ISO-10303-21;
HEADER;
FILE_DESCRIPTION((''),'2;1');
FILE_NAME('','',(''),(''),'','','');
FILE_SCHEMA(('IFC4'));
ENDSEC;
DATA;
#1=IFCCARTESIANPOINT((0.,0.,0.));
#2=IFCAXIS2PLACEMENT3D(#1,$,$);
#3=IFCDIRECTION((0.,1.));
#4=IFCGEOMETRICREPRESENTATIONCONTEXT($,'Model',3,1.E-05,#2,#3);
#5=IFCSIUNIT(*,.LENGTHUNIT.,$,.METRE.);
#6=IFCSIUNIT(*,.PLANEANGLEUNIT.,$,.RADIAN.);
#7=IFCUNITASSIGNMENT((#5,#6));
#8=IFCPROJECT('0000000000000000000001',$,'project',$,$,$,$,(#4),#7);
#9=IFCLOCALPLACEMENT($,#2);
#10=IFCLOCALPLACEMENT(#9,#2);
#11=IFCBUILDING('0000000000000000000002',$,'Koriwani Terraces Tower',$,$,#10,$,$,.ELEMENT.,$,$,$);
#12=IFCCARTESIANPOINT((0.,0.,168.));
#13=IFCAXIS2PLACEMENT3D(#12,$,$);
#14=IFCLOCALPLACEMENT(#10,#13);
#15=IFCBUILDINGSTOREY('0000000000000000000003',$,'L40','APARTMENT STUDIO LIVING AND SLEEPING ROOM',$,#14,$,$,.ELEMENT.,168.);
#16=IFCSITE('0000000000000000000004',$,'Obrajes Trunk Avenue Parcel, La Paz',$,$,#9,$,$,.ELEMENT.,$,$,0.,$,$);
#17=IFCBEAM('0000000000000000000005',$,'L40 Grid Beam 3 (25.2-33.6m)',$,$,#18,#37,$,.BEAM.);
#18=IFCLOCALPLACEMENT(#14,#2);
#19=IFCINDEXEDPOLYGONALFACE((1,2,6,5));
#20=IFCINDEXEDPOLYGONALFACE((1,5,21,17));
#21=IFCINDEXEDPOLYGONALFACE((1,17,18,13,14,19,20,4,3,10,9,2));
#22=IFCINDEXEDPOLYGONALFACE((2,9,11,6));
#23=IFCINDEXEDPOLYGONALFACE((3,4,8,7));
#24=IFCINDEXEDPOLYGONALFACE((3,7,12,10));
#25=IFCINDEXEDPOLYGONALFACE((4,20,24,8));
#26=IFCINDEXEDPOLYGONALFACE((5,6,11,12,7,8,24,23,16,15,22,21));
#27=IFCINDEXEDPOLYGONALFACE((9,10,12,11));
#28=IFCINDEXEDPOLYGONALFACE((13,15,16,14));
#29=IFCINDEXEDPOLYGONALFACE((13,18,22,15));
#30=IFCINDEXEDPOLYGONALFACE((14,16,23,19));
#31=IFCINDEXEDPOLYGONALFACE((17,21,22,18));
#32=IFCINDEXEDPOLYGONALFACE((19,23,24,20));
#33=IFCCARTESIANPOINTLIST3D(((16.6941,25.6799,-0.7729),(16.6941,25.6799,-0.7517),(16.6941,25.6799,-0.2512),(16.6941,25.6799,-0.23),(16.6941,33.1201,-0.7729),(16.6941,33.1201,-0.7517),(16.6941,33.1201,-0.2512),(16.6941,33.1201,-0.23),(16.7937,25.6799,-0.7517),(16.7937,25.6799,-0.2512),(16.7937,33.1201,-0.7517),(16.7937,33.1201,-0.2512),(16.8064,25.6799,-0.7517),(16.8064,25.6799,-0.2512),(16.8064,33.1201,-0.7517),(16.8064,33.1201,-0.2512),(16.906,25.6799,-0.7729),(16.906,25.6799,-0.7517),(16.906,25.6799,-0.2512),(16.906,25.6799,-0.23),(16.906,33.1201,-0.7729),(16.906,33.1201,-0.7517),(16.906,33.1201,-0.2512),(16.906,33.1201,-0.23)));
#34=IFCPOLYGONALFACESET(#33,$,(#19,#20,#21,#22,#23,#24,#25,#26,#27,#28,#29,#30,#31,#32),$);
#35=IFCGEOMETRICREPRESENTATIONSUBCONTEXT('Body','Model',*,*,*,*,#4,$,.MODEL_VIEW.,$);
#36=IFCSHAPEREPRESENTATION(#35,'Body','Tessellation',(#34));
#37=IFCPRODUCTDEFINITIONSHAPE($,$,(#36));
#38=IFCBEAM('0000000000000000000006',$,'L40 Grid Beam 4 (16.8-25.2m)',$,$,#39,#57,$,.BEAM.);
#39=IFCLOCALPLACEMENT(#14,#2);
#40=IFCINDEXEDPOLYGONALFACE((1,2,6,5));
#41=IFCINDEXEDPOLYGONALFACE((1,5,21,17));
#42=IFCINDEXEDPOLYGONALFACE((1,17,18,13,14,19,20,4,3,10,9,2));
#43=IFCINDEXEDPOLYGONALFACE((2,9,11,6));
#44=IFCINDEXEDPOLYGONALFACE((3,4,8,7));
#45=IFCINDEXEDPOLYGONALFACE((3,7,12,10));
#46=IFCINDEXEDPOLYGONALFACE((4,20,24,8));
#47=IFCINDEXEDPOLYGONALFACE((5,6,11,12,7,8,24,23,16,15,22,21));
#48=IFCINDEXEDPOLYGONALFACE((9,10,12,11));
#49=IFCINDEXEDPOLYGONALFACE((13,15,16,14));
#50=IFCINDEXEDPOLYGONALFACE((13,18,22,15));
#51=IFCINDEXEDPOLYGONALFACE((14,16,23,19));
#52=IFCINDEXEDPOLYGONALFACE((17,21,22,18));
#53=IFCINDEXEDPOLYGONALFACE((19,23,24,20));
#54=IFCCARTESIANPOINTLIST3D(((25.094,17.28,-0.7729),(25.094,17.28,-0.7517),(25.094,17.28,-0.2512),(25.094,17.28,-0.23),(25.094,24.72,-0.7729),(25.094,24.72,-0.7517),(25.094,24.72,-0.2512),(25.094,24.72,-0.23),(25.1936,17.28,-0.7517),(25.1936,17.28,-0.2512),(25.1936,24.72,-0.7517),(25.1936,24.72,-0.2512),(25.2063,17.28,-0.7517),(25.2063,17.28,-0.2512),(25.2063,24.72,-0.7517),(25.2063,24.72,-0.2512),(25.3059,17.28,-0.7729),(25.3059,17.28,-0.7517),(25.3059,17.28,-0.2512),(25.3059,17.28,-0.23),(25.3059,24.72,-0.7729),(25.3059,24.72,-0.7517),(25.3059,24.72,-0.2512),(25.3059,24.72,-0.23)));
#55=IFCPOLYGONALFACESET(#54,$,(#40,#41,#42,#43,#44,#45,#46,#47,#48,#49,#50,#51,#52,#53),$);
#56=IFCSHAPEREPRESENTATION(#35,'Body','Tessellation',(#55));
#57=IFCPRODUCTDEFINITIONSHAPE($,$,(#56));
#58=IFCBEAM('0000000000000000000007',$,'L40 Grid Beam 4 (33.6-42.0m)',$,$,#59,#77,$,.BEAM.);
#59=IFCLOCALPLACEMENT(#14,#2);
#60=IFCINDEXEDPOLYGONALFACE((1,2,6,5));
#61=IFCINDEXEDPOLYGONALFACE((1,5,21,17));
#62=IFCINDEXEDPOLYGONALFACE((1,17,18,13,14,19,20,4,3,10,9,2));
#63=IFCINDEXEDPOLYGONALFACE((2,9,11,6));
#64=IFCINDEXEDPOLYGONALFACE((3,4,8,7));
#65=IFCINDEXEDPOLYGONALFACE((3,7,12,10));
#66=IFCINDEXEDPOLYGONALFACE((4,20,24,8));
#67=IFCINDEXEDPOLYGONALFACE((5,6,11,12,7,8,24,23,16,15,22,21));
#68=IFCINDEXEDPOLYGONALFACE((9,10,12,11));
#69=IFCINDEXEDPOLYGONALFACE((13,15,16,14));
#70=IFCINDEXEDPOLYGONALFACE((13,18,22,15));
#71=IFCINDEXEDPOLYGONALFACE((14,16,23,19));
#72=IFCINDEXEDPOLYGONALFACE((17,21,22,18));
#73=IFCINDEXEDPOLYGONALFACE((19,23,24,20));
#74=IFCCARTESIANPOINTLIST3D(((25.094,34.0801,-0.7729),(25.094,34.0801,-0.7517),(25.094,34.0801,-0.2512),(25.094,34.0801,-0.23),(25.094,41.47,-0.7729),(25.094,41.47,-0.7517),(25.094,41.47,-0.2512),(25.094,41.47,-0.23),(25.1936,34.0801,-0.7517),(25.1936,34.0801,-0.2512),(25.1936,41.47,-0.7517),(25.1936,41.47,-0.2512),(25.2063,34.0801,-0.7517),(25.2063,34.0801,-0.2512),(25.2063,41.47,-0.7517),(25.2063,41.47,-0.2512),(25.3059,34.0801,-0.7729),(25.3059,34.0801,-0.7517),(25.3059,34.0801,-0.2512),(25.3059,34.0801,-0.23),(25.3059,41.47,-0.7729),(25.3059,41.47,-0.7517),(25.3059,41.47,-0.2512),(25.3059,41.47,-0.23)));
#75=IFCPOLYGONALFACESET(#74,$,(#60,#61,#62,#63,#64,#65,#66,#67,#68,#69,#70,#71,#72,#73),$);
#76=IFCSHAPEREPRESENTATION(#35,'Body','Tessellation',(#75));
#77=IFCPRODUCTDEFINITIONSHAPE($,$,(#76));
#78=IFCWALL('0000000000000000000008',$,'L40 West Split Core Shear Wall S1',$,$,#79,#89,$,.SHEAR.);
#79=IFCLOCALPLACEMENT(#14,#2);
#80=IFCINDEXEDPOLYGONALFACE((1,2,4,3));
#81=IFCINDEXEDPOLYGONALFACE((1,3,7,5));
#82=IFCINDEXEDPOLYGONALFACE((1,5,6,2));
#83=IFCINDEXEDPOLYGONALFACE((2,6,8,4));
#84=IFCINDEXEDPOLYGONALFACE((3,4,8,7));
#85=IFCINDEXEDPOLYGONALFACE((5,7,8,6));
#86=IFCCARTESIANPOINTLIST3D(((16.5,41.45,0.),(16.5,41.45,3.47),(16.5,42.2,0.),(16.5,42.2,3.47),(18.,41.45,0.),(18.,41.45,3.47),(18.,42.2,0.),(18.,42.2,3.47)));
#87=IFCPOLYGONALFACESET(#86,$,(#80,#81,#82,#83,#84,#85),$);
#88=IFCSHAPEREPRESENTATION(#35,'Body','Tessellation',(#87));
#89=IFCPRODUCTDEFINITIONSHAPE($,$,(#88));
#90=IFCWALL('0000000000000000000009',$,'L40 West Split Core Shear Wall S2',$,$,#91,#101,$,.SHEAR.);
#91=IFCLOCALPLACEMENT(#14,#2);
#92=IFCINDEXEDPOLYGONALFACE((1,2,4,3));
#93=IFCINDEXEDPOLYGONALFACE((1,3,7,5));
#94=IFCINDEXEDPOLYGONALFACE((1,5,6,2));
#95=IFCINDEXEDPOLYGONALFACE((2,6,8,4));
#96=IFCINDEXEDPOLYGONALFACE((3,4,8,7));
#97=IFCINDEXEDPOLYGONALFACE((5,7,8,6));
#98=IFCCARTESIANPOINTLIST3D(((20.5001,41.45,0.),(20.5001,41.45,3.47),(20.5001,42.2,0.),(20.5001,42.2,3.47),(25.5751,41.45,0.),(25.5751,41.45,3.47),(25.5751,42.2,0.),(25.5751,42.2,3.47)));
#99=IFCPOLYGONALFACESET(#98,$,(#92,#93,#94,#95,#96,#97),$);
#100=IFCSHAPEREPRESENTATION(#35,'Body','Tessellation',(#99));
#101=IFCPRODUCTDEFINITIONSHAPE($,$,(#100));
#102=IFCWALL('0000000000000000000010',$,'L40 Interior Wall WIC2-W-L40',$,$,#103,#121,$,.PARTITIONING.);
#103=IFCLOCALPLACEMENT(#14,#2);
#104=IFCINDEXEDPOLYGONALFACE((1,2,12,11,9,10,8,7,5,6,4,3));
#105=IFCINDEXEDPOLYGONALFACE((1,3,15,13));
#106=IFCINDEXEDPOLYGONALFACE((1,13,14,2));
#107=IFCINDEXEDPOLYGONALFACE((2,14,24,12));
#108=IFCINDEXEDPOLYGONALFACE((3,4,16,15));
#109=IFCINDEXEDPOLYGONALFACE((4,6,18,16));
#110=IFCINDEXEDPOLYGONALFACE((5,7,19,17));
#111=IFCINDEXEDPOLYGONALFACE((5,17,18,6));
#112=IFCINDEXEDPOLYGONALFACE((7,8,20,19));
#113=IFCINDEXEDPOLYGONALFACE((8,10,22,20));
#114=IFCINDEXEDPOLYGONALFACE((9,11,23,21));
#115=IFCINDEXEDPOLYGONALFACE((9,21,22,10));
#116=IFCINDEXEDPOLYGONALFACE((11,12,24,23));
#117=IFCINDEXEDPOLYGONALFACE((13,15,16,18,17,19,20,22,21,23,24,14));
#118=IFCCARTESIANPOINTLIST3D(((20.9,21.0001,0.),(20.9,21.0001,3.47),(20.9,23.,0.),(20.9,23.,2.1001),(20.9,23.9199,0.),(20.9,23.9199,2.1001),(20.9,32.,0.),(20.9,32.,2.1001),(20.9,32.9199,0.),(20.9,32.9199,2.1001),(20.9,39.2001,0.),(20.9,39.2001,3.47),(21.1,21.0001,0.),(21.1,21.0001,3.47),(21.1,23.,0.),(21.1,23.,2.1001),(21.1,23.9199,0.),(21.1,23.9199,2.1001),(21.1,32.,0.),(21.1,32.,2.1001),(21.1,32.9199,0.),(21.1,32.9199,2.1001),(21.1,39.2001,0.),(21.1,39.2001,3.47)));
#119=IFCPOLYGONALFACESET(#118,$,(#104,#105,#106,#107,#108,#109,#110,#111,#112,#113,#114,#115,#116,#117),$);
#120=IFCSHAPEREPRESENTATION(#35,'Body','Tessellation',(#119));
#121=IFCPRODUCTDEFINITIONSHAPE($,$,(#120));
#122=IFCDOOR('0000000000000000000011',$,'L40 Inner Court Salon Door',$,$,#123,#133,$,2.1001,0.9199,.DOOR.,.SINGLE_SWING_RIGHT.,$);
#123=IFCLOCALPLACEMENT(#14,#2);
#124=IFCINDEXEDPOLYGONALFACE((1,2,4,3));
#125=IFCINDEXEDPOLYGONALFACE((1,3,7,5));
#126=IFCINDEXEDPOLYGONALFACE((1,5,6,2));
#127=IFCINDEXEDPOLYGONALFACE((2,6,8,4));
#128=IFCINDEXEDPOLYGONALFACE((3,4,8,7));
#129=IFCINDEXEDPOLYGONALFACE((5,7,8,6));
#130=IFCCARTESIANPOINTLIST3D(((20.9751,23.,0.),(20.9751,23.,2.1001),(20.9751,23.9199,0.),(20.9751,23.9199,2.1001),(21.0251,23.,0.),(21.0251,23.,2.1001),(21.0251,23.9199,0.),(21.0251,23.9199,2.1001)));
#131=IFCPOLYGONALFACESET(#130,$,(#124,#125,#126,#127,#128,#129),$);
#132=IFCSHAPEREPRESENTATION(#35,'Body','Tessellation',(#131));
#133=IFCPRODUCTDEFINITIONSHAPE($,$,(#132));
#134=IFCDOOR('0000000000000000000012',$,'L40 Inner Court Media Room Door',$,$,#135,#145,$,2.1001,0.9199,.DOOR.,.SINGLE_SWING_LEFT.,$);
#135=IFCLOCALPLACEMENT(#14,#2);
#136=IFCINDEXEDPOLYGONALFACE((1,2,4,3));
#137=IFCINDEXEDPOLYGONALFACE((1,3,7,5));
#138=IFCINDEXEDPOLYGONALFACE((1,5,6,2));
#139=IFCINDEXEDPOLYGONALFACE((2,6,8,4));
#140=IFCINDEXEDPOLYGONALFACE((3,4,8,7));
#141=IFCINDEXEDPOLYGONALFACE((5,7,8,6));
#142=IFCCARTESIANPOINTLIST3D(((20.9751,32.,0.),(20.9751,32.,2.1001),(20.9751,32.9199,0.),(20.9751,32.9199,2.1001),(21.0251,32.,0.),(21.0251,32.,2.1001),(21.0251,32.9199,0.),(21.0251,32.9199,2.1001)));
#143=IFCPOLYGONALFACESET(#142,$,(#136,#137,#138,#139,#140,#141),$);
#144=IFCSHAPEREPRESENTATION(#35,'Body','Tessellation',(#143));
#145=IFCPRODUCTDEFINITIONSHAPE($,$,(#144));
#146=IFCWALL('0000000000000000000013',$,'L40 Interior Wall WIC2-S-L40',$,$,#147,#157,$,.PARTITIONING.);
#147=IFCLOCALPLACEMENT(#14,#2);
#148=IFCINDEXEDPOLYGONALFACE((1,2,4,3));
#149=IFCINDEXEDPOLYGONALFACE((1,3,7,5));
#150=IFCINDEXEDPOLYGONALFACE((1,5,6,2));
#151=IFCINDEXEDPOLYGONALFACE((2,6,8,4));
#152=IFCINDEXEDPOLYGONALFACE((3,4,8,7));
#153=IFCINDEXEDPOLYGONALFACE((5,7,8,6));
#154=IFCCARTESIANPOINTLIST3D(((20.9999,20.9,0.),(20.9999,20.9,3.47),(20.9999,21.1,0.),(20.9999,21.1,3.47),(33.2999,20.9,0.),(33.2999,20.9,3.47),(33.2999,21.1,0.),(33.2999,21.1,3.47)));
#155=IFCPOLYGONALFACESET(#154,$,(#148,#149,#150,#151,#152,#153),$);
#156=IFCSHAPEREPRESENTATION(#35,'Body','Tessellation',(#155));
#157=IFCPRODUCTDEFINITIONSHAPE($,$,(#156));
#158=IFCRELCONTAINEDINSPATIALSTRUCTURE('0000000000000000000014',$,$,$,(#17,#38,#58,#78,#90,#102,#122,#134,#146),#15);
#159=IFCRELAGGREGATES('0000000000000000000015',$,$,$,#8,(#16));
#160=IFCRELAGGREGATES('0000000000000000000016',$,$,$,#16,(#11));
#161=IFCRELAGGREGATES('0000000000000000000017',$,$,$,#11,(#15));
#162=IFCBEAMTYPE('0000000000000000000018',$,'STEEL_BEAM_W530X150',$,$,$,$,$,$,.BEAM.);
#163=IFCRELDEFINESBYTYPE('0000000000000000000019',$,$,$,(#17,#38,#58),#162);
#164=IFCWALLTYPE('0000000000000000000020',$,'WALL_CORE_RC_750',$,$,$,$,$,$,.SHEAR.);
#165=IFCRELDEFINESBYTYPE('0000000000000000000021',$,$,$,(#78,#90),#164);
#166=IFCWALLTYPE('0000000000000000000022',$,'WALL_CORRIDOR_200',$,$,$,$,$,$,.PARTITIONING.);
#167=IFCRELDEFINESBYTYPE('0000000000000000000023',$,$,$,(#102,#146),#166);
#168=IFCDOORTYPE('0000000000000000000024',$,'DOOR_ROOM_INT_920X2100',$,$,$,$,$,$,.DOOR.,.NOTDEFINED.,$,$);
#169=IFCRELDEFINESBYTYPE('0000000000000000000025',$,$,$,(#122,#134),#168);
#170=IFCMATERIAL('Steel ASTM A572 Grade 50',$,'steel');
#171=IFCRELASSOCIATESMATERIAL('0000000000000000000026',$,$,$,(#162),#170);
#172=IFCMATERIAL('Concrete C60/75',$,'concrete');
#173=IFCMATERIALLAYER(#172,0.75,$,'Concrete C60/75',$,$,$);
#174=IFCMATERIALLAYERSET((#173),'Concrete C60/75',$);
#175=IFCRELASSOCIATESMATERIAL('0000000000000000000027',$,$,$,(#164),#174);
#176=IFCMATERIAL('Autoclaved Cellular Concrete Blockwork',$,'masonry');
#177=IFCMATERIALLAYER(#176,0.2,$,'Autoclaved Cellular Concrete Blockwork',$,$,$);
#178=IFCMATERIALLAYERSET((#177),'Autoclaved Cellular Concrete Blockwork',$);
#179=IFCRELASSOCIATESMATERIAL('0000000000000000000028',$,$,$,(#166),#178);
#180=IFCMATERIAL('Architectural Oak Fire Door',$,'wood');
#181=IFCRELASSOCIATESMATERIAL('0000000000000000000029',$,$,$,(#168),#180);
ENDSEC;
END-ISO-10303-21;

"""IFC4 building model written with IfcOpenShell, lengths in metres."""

from ifc_helpers import new_model, si_unit, direction, frame, frame_2d, origin, origin_2d, place, context, subcontext, project, spatial, rectangle, i_section, extrude, material, layer, layer_set, material_profile, profile_set, type_object, element, fill, save


model = new_model("IFC4")

# Units and contexts
model_context = context("Model", 3, precision=1e-05, world=origin(), true_north=direction((0.0, 1.0)))
body_context = subcontext(model_context, "Body", "Model", "MODEL_VIEW")
ifc_project = project(units=[si_unit("LENGTHUNIT", "METRE"), si_unit("PLANEANGLEUNIT", "RADIAN")], contexts=[model_context])

# Site, building, storey
site_placement = place(None, origin())
site = spatial("IfcSite", under=ifc_project, at=site_placement, Name="Obrajes Trunk Avenue Parcel, La Paz", CompositionType="ELEMENT", RefElevation=0.0)
building_placement = place(site_placement, origin())
building = spatial("IfcBuilding", under=site, at=building_placement, Name="Koriwani Terraces Tower", CompositionType="ELEMENT")
storey_placement = place(building_placement, frame((0.0, 0.0, 168.0)))
storey = spatial("IfcBuildingStorey", under=building, at=storey_placement, Name="L40", Description="APARTMENT STUDIO LIVING AND SLEEPING ROOM", CompositionType="ELEMENT", Elevation=168.0)

# Beams
ifc_material_1 = material(Name="Concrete C60/75", Category="concrete")
ifc_material_2 = material(Name="Steel ASTM A572 Grade 50", Category="steel")
ifc_material_profile_1 = material_profile(ifc_material_2, i_section(OverallWidth=0.2119, OverallDepth=0.543, WebThickness=0.0127, FlangeThickness=0.0212, at=origin_2d()), Name="Steel ASTM A572 Grade 50", Category="LoadBearing")
ifc_profile_set_1 = profile_set([ifc_material_profile_1], Name="Steel ASTM A572 Grade 50")
beam_type_1 = type_object("IfcBeamType", Name="STEEL_BEAM_W530X150", PredefinedType="BEAM", material=ifc_profile_set_1)
beam_1_placement = place(storey_placement, frame((16.8, 25.6799, -0.5015), z_axis=(0.0, 1.0, 0.0), x_axis=(-1.0, 0.0, 0.0)))
element("IfcBeam", 1, at=beam_1_placement, inside=storey, type_object=beam_type_1, Name="L40 Grid Beam 3 (25.2-33.6m)", PredefinedType="BEAM", context=body_context, shape_type="SweptSolid", body=[
    extrude(i_section(OverallWidth=0.2119, OverallDepth=0.543, WebThickness=0.0127, FlangeThickness=0.0212, at=origin_2d()), origin(), (0.0, 0.0, 1.0), 7.4402),
])
beam_2_placement = place(storey_placement, frame((25.2, 17.28, -0.5015), z_axis=(0.0, 1.0, 0.0), x_axis=(-1.0, 0.0, 0.0)))
element("IfcBeam", 2, at=beam_2_placement, inside=storey, type_object=beam_type_1, Name="L40 Grid Beam 4 (16.8-25.2m)", PredefinedType="BEAM", context=body_context, shape_type="SweptSolid", body=[
    extrude(i_section(OverallWidth=0.2119, OverallDepth=0.543, WebThickness=0.0127, FlangeThickness=0.0212, at=origin_2d()), origin(), (0.0, 0.0, 1.0), 7.4399),
])
beam_3_placement = place(storey_placement, frame((25.2, 34.0801, -0.5015), z_axis=(0.0, 1.0, 0.0), x_axis=(-1.0, 0.0, 0.0)))
element("IfcBeam", 3, at=beam_3_placement, inside=storey, type_object=beam_type_1, Name="L40 Grid Beam 4 (33.6-42.0m)", PredefinedType="BEAM", context=body_context, shape_type="SweptSolid", body=[
    extrude(i_section(OverallWidth=0.2119, OverallDepth=0.543, WebThickness=0.0127, FlangeThickness=0.0212, at=origin_2d()), origin(), (0.0, 0.0, 1.0), 7.3899),
])

# Walls
ifc_layer_1 = layer(ifc_material_1, 0.75, Name="Concrete C60/75")
ifc_layer_set_1 = layer_set([ifc_layer_1], Name="Concrete C60/75")
wall_type_1 = type_object("IfcWallType", Name="WALL_CORE_RC_750", PredefinedType="SHEAR", material=ifc_layer_set_1)
wall_1_placement = place(storey_placement, frame((16.5, 41.825, 0.0), z_axis=(0.0, 0.0, 1.0), x_axis=(1.0, 0.0, 0.0)))
element("IfcWall", 4, at=wall_1_placement, inside=storey, type_object=wall_type_1, Name="L40 West Split Core Shear Wall S1", PredefinedType="SHEAR", context=body_context, shape_type="SweptSolid", body=[
    extrude(rectangle(XDim=1.5, YDim=0.75, at=frame_2d((0.75, 0.0))), origin(), (0.0, 0.0, 1.0), 3.47),
])
wall_2_placement = place(storey_placement, frame((20.5, 41.825, 0.0), z_axis=(0.0, 0.0, 1.0), x_axis=(1.0, 0.0, 0.0)))
element("IfcWall", 5, at=wall_2_placement, inside=storey, type_object=wall_type_1, Name="L40 West Split Core Shear Wall S2", PredefinedType="SHEAR", context=body_context, shape_type="SweptSolid", body=[
    extrude(rectangle(XDim=5.075, YDim=0.75, at=frame_2d((2.5376, 0.0))), origin(), (0.0, 0.0, 1.0), 3.47),
])

# Wall, openings, doors
ifc_material_3 = material(Name="Autoclaved Cellular Concrete Blockwork", Category="masonry")
ifc_layer_2 = layer(ifc_material_3, 0.2, Name="Autoclaved Cellular Concrete Blockwork")
ifc_layer_set_2 = layer_set([ifc_layer_2], Name="Autoclaved Cellular Concrete Blockwork")
wall_type_2 = type_object("IfcWallType", Name="WALL_CORRIDOR_200", PredefinedType="PARTITIONING", material=ifc_layer_set_2)
wall_3_placement = place(storey_placement, frame((21.0, 21.0, 0.0), z_axis=(0.0, 0.0, 1.0), x_axis=(0.0, 1.0, 0.0)))
wall_3 = element("IfcWall", 6, at=wall_3_placement, inside=storey, type_object=wall_type_2, Name="L40 Interior Wall WIC2-W-L40", PredefinedType="PARTITIONING", context=body_context, shape_type="SweptSolid", body=[
    extrude(rectangle(XDim=18.2, YDim=0.2, at=frame_2d((9.1001, 0.0))), origin(), (0.0, 0.0, 1.0), 3.47),
])
opening_1_placement = place(wall_3_placement, frame((2.0, 0.0, 0.0)))
opening_1 = element("IfcOpeningElement", 7, at=opening_1_placement, cuts=wall_3, PredefinedType="OPENING", context=body_context, shape_type="SweptSolid", body=[
    extrude(rectangle(XDim=0.9199, YDim=2.1001, at=frame_2d((0.46, 1.05))), frame((0.0, 0.1099, 0.0), z_axis=(0.0, -1.0, 0.0), x_axis=(1.0, 0.0, 0.0)), (0.0, 0.0, 1.0), 0.22),
])
opening_2_placement = place(wall_3_placement, frame((11.0, 0.0, 0.0)))
opening_2 = element("IfcOpeningElement", 8, at=opening_2_placement, cuts=wall_3, PredefinedType="OPENING", context=body_context, shape_type="SweptSolid", body=[
    extrude(rectangle(XDim=0.9199, YDim=2.1001, at=frame_2d((0.46, 1.05))), frame((0.0, 0.1099, 0.0), z_axis=(0.0, -1.0, 0.0), x_axis=(1.0, 0.0, 0.0)), (0.0, 0.0, 1.0), 0.22),
])
ifc_material_4 = material(Name="Architectural Oak Fire Door", Category="wood")
door_type_1 = type_object("IfcDoorType", Name="DOOR_ROOM_INT_920X2100", OperationType="NOTDEFINED", PredefinedType="DOOR", material=ifc_material_4)
door_1_placement = place(opening_1_placement, origin())
door_1 = element("IfcDoor", 9, at=door_1_placement, inside=storey, type_object=door_type_1, Name="L40 Inner Court Salon Door", OperationType="SINGLE_SWING_RIGHT", OverallHeight=2.1001, OverallWidth=0.9199, PredefinedType="DOOR", context=body_context, shape_type="SweptSolid", body=[
    extrude(rectangle(XDim=0.9199, YDim=2.1001, at=frame_2d((0.46, 1.05))), frame((0.0, 0.0249, 0.0), z_axis=(0.0, -1.0, 0.0), x_axis=(1.0, 0.0, 0.0)), (0.0, 0.0, 1.0), 0.05),
])
fill(opening_1, door_1)
door_2_placement = place(opening_2_placement, origin())
door_2 = element("IfcDoor", 10, at=door_2_placement, inside=storey, type_object=door_type_1, Name="L40 Inner Court Media Room Door", OperationType="SINGLE_SWING_LEFT", OverallHeight=2.1001, OverallWidth=0.9199, PredefinedType="DOOR", context=body_context, shape_type="SweptSolid", body=[
    extrude(rectangle(XDim=0.9199, YDim=2.1001, at=frame_2d((0.46, 1.05))), frame((0.0, 0.0249, 0.0), z_axis=(0.0, -1.0, 0.0), x_axis=(1.0, 0.0, 0.0)), (0.0, 0.0, 1.0), 0.05),
])
fill(opening_2, door_2)

# Wall
wall_4_placement = place(storey_placement, frame((21.0, 21.0, 0.0), z_axis=(0.0, 0.0, 1.0), x_axis=(1.0, 0.0, 0.0)))
element("IfcWall", 11, at=wall_4_placement, inside=storey, type_object=wall_type_2, Name="L40 Interior Wall WIC2-S-L40", PredefinedType="PARTITIONING", context=body_context, shape_type="SweptSolid", body=[
    extrude(rectangle(XDim=12.3, YDim=0.2, at=frame_2d((6.1499, 0.0))), origin(), (0.0, 0.0, 1.0), 3.47),
])

save(model, "model.ifc")
